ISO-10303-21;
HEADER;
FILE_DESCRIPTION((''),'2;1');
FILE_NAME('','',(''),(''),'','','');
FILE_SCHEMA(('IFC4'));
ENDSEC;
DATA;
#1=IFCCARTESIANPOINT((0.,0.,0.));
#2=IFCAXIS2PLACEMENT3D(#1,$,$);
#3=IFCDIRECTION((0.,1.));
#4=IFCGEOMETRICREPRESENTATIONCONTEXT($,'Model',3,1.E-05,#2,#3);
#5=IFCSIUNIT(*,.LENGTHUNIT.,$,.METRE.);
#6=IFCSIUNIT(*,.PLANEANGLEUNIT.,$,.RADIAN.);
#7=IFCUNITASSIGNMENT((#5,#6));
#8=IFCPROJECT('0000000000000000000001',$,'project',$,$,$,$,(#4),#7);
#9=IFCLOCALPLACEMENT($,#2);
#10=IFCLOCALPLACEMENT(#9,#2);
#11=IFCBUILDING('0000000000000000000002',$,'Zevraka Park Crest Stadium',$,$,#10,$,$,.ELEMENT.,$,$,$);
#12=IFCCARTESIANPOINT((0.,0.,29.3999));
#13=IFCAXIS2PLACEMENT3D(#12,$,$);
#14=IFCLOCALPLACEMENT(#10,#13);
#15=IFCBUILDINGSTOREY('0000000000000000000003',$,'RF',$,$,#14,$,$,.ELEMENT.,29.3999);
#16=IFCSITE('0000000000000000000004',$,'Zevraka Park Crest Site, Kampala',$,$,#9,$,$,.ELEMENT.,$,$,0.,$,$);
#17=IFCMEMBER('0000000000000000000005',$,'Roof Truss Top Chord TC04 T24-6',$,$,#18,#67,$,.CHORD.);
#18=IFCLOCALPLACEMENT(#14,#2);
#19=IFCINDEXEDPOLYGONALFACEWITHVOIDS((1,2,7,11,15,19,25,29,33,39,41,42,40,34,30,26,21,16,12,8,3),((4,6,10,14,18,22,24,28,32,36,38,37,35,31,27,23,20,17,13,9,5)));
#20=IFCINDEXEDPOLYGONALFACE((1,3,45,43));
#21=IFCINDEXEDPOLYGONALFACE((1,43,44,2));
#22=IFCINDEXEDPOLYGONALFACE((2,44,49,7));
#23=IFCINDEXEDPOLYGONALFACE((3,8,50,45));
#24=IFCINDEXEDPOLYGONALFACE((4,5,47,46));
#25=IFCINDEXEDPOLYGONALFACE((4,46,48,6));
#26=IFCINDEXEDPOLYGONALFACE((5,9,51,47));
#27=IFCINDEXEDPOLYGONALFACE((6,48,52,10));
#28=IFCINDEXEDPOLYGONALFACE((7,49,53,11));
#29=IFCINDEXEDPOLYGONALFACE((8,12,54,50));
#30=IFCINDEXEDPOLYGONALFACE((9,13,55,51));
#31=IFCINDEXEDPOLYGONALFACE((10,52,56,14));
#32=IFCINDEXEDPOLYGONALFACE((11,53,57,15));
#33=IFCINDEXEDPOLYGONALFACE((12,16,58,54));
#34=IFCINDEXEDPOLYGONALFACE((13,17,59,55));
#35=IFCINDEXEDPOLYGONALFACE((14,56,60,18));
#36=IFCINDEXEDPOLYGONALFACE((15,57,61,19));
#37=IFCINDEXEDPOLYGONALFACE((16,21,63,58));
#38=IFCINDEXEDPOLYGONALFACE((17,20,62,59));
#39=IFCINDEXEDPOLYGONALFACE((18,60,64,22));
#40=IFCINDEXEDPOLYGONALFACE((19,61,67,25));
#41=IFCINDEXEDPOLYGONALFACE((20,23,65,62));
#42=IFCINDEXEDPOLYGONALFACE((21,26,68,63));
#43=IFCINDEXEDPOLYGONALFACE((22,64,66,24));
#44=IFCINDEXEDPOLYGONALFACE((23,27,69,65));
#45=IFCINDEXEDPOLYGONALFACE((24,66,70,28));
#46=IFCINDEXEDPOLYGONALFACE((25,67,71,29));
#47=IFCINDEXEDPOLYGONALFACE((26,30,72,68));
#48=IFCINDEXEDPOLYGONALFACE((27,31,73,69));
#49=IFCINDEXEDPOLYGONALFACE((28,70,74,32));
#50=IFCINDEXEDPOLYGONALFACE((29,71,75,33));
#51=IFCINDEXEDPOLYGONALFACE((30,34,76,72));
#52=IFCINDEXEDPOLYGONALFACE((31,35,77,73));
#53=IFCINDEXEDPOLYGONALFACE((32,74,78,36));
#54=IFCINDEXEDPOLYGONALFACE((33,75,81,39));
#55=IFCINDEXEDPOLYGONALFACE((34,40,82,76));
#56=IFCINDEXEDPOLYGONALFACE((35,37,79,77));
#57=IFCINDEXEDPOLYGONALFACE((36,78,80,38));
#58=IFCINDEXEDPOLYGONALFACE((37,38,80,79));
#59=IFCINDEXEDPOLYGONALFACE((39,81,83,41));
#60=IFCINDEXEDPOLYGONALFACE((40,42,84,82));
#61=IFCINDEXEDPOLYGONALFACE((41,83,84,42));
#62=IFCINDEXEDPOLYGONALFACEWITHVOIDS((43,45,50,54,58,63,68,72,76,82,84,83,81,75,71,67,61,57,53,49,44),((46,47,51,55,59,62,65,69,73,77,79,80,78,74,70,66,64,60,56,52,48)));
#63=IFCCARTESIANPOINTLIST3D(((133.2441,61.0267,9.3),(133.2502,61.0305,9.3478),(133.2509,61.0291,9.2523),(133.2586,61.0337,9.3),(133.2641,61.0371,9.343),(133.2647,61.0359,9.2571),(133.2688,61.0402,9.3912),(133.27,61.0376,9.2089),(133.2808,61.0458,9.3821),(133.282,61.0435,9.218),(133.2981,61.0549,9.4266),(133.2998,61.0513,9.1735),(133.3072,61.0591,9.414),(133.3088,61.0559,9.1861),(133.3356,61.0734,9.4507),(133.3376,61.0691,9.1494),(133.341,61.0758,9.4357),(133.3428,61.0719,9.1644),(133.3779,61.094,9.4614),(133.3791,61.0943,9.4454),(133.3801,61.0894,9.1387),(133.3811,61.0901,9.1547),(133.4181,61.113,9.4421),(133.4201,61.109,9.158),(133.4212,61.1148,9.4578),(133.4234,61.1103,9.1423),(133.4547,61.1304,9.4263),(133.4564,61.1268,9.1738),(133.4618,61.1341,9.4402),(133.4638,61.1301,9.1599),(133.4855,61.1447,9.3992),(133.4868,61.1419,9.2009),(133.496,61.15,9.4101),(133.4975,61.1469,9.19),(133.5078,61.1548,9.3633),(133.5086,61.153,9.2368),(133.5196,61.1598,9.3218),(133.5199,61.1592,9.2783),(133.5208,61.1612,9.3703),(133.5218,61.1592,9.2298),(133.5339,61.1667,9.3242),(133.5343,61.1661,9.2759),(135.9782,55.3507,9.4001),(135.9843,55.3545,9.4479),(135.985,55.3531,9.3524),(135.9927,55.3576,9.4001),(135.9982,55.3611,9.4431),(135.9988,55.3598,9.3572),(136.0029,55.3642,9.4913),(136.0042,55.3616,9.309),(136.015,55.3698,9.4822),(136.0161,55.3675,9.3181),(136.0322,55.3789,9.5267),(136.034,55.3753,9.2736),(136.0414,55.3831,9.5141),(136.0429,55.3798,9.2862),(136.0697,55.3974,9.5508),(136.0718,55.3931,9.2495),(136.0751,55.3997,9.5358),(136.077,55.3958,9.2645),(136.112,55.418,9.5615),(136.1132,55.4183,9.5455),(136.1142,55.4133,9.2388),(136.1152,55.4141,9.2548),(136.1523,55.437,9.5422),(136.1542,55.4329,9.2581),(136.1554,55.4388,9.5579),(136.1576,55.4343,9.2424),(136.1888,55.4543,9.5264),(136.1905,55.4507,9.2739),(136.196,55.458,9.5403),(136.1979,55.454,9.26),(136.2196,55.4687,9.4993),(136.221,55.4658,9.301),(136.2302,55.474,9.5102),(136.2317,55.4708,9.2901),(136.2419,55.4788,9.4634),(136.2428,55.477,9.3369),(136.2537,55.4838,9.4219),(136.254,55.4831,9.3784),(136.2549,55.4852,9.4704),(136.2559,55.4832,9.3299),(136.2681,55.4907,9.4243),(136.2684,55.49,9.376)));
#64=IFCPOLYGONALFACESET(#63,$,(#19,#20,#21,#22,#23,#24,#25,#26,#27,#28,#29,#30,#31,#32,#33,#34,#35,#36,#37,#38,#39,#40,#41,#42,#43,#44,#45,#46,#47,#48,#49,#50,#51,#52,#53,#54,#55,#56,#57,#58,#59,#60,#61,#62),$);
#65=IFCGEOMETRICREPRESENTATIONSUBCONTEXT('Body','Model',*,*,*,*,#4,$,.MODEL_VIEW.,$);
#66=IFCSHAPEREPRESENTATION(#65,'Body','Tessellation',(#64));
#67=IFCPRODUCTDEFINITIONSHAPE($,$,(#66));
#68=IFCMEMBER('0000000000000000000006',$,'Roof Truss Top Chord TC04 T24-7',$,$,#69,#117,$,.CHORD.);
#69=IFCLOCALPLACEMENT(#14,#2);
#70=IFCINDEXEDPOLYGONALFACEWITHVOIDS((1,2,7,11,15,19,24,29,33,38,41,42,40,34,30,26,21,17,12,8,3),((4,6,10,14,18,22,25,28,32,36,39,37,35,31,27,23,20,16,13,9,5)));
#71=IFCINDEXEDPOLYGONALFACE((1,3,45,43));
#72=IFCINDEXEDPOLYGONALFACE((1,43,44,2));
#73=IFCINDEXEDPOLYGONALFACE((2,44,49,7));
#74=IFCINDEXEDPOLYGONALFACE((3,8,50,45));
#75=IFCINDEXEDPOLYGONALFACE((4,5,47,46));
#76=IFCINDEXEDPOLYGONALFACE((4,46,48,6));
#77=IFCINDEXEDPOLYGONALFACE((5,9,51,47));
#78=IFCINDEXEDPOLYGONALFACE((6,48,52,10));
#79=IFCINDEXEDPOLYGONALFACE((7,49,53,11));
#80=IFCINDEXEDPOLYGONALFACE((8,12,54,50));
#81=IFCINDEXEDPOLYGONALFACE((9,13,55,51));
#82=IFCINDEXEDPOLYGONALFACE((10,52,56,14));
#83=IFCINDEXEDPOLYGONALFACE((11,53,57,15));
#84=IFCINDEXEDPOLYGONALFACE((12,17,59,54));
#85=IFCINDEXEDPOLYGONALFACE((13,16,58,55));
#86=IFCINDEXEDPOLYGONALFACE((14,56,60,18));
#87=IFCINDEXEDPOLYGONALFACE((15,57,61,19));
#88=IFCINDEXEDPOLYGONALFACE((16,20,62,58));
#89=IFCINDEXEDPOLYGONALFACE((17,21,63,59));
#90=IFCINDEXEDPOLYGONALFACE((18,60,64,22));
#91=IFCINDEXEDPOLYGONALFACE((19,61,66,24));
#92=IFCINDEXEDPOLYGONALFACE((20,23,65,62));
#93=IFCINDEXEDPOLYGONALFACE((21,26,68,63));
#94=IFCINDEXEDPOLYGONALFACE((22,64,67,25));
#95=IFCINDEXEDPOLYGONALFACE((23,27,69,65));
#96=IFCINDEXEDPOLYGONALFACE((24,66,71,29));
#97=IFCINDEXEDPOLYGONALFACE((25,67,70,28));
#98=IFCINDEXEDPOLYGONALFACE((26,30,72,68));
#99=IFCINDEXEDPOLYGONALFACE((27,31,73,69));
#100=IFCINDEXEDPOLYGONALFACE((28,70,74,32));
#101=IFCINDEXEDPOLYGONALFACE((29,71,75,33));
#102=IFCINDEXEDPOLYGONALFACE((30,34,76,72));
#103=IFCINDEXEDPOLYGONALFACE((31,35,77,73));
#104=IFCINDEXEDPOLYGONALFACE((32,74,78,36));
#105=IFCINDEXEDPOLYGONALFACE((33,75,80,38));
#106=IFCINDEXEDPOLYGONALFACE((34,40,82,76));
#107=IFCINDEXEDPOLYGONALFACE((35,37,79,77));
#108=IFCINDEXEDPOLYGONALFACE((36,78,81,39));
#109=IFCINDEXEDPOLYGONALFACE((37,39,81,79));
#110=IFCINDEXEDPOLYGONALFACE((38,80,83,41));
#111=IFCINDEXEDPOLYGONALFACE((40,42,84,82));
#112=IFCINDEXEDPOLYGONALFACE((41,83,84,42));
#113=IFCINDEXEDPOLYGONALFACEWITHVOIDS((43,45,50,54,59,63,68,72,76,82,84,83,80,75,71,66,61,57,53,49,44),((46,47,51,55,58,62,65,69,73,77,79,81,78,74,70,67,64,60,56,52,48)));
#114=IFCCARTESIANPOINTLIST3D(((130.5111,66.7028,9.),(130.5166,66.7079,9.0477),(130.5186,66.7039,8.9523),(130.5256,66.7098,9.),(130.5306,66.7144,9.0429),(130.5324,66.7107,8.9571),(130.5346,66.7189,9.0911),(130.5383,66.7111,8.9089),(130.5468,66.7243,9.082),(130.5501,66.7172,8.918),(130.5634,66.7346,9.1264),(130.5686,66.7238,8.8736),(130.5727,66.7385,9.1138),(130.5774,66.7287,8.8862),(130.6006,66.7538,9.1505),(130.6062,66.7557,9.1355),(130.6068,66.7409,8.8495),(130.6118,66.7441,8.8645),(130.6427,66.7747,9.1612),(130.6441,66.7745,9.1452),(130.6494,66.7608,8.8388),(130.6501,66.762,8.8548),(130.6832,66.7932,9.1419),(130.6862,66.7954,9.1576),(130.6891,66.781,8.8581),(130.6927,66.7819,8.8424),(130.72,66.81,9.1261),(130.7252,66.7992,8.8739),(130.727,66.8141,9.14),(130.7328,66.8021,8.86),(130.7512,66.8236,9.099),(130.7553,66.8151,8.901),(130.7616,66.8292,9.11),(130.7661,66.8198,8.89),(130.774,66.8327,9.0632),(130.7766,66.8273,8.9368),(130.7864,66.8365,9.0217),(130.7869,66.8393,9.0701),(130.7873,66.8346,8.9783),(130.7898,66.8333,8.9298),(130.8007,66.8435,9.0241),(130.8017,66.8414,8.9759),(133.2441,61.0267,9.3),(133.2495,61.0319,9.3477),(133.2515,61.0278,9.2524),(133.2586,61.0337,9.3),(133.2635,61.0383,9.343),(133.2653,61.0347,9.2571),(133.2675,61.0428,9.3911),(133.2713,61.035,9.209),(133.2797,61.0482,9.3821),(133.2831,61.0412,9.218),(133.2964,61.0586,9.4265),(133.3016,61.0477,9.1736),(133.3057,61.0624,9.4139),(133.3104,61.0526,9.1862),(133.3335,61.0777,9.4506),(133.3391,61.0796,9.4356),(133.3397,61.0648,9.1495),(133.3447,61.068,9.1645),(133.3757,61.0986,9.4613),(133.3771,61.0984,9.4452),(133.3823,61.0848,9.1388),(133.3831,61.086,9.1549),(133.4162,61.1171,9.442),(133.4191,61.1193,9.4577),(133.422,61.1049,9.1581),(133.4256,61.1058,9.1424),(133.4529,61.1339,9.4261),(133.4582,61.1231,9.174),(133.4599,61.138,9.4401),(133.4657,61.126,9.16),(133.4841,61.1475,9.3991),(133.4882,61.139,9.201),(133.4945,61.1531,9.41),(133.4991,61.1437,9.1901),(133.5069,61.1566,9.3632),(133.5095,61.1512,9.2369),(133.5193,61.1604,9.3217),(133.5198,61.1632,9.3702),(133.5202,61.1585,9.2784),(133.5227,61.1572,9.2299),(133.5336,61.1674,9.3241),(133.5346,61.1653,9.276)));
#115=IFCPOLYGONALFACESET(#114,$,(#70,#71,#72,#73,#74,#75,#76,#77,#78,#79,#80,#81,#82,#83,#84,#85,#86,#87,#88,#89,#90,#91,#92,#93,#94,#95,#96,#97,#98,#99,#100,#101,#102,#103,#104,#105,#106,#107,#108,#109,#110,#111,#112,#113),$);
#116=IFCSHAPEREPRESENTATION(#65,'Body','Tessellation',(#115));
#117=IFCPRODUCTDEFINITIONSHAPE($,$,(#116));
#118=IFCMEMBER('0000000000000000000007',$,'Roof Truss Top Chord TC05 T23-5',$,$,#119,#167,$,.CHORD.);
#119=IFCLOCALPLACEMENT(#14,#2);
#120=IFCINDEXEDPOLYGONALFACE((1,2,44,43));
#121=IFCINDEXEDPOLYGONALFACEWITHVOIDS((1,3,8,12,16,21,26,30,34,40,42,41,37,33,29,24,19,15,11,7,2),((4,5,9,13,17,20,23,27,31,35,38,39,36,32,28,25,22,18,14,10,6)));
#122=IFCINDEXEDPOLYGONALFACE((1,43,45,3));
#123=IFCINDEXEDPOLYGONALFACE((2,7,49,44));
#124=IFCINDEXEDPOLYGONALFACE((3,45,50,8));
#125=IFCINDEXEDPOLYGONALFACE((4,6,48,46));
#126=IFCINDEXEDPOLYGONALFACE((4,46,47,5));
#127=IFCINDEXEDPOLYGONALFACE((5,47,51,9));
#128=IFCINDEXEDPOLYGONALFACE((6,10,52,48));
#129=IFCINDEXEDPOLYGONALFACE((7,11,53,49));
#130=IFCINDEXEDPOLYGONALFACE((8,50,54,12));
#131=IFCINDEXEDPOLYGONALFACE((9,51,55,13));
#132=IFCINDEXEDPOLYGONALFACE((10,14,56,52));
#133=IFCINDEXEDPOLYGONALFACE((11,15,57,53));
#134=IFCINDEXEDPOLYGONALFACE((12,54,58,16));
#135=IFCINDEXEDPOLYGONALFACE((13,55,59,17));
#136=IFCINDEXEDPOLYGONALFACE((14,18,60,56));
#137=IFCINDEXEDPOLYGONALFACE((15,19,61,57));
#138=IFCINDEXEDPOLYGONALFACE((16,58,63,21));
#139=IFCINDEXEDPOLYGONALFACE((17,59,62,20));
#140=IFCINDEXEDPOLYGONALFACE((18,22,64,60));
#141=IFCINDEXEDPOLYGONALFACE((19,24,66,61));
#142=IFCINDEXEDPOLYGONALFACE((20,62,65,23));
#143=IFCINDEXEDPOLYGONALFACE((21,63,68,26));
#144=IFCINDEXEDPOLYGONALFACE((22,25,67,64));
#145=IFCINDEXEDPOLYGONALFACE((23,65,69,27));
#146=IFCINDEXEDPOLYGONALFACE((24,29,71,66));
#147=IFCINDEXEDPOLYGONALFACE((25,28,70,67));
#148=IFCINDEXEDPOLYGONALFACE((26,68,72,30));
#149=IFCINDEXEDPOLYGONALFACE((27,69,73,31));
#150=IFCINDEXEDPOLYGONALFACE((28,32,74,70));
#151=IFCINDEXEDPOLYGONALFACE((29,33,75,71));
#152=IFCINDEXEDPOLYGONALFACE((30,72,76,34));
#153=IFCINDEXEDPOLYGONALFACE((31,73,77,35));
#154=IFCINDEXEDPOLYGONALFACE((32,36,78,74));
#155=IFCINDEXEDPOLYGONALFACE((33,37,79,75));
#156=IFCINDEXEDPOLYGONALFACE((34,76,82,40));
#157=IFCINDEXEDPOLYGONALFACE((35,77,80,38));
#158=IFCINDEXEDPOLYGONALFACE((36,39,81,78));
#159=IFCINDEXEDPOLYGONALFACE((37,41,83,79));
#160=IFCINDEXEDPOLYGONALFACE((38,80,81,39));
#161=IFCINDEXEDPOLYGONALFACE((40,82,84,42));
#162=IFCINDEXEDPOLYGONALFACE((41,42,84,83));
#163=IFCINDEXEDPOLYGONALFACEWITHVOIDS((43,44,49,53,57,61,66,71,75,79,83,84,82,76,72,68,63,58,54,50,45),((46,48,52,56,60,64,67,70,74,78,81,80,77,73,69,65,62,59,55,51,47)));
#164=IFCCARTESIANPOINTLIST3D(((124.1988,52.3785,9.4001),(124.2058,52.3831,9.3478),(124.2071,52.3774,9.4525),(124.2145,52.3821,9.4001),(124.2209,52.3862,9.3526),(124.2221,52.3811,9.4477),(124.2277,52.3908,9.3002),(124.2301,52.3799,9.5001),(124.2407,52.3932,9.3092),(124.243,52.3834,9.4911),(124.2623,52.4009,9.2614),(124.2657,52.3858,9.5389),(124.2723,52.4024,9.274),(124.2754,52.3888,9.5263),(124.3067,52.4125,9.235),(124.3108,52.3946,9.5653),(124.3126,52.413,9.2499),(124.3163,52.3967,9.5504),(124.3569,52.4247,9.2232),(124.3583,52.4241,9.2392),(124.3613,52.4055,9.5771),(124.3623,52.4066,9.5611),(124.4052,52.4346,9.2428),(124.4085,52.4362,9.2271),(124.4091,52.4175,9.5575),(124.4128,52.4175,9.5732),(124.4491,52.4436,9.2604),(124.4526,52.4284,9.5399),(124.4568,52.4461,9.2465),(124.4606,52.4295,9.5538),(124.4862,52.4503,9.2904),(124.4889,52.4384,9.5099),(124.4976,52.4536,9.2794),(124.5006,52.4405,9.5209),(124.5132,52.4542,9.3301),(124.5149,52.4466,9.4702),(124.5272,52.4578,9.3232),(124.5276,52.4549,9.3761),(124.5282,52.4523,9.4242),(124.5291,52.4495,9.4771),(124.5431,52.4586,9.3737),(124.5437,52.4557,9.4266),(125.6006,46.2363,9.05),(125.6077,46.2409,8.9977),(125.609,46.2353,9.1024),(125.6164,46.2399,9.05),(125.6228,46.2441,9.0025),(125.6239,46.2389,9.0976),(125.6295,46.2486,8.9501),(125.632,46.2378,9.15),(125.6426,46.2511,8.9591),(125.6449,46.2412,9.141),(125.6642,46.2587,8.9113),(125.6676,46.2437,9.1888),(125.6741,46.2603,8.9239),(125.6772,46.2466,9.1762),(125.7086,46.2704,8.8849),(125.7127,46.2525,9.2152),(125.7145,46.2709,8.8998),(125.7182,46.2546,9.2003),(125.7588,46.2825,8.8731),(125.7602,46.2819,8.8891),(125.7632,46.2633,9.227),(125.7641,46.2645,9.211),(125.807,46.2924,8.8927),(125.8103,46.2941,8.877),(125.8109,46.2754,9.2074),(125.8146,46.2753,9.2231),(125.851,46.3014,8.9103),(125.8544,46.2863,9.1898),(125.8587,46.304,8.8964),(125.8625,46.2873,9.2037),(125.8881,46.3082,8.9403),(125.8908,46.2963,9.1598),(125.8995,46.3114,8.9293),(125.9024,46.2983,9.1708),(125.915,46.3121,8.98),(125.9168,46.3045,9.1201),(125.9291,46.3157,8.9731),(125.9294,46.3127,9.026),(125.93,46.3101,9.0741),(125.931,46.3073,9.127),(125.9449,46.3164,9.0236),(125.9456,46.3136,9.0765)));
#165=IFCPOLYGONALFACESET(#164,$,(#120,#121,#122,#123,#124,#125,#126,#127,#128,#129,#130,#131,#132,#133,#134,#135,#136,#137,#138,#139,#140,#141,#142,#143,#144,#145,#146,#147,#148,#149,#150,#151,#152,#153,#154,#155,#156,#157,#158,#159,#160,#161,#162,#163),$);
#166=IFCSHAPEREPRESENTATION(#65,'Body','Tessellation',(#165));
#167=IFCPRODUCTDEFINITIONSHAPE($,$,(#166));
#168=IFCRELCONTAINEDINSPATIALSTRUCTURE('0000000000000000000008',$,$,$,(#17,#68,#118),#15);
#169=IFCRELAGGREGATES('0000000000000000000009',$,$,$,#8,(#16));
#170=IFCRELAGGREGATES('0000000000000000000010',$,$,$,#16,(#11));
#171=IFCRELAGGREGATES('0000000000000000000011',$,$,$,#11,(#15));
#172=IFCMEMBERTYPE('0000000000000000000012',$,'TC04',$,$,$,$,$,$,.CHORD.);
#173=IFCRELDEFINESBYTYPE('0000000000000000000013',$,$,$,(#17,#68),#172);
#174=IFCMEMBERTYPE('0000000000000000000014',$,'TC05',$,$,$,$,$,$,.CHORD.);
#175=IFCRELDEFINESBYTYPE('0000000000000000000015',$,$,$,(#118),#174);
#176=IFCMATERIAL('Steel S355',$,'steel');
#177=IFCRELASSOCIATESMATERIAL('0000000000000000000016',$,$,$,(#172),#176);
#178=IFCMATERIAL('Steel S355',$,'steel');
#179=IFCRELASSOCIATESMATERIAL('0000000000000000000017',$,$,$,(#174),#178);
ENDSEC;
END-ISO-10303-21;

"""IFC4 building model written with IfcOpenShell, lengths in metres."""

from ifc_helpers import new_model, si_unit, direction, frame, origin, origin_2d, place, context, subcontext, project, spatial, hollow_circle, extrude, material, material_profile, profile_set, type_object, element, save


model = new_model("IFC4")

# Units and contexts
model_context = context("Model", 3, precision=1e-05, world=origin(), true_north=direction((0.0, 1.0)))
body_context = subcontext(model_context, "Body", "Model", "MODEL_VIEW")
ifc_project = project(units=[si_unit("LENGTHUNIT", "METRE"), si_unit("PLANEANGLEUNIT", "RADIAN")], contexts=[model_context])

# Site, building, storey
site_placement = place(None, origin())
site = spatial("IfcSite", under=ifc_project, at=site_placement, Name="Zevraka Park Crest Site, Kampala", CompositionType="ELEMENT", RefElevation=0.0)
building_placement = place(site_placement, origin())
building = spatial("IfcBuilding", under=site, at=building_placement, Name="Zevraka Park Crest Stadium", CompositionType="ELEMENT")
storey_placement = place(building_placement, frame((0.0, 0.0, 29.3999)))
storey = spatial("IfcBuildingStorey", under=building, at=storey_placement, Name="RF", CompositionType="ELEMENT", Elevation=29.3999)

# Members
ifc_material_1 = material(Name="Steel S355", Category="steel")
ifc_material_profile_1 = material_profile(ifc_material_1, hollow_circle(Radius=0.1619, WallThickness=0.0161, at=origin_2d()), Name="CHS 323.9x16")
ifc_profile_set_1 = profile_set([ifc_material_profile_1], Name="Steel S355")
member_type_1 = type_object("IfcMemberType", Name="TC04", PredefinedType="CHORD", material=ifc_profile_set_1)
member_1_placement = place(storey_placement, frame((136.124, 55.4209, 9.4001), z_axis=(-0.433919, 0.900812, -0.015886), x_axis=(-0.900925, -0.433974, 0.0)))
element("IfcMember", 1, at=member_1_placement, inside=storey, type_object=member_type_1, Name="Roof Truss Top Chord TC04 T24-6", PredefinedType="CHORD", context=body_context, shape_type="SweptSolid", body=[
    extrude(hollow_circle(Radius=0.1619, WallThickness=0.0161, at=origin_2d()), origin(), (0.0, 0.0, 1.0), 6.301),
])
member_2_placement = place(storey_placement, frame((133.3899, 61.0969, 9.3), z_axis=(-0.433326, 0.899981, -0.047575), x_axis=(-0.901001, -0.433817, 0.0)))
element("IfcMember", 2, at=member_2_placement, inside=storey, type_object=member_type_1, Name="Roof Truss Top Chord TC04 T24-7", PredefinedType="CHORD", context=body_context, shape_type="SweptSolid", body=[
    extrude(hollow_circle(Radius=0.1619, WallThickness=0.0161, at=origin_2d()), origin(), (0.0, 0.0, 1.0), 6.3069),
])
ifc_material_2 = material(Name="Steel S355", Category="steel")
ifc_material_profile_2 = material_profile(ifc_material_2, hollow_circle(Radius=0.1777, WallThickness=0.0161, at=origin_2d()), Name="CHS 355.6x16")
ifc_profile_set_2 = profile_set([ifc_material_profile_2], Name="Steel S355")
member_type_2 = type_object("IfcMemberType", Name="TC05", PredefinedType="CHORD", material=ifc_profile_set_2)
member_3_placement = place(storey_placement, frame((125.7739, 46.2759, 9.05), z_axis=(-0.222173, 0.973427, 0.055485), x_axis=(-0.974929, -0.222515, 0.0)))
element("IfcMember", 3, at=member_3_placement, inside=storey, type_object=member_type_2, Name="Roof Truss Top Chord TC05 T23-5", PredefinedType="CHORD", context=body_context, shape_type="SweptSolid", body=[
    extrude(hollow_circle(Radius=0.1777, WallThickness=0.0161, at=origin_2d()), origin(), (0.0, 0.0, 1.0), 6.3098),
])

save(model, "model.ifc")
